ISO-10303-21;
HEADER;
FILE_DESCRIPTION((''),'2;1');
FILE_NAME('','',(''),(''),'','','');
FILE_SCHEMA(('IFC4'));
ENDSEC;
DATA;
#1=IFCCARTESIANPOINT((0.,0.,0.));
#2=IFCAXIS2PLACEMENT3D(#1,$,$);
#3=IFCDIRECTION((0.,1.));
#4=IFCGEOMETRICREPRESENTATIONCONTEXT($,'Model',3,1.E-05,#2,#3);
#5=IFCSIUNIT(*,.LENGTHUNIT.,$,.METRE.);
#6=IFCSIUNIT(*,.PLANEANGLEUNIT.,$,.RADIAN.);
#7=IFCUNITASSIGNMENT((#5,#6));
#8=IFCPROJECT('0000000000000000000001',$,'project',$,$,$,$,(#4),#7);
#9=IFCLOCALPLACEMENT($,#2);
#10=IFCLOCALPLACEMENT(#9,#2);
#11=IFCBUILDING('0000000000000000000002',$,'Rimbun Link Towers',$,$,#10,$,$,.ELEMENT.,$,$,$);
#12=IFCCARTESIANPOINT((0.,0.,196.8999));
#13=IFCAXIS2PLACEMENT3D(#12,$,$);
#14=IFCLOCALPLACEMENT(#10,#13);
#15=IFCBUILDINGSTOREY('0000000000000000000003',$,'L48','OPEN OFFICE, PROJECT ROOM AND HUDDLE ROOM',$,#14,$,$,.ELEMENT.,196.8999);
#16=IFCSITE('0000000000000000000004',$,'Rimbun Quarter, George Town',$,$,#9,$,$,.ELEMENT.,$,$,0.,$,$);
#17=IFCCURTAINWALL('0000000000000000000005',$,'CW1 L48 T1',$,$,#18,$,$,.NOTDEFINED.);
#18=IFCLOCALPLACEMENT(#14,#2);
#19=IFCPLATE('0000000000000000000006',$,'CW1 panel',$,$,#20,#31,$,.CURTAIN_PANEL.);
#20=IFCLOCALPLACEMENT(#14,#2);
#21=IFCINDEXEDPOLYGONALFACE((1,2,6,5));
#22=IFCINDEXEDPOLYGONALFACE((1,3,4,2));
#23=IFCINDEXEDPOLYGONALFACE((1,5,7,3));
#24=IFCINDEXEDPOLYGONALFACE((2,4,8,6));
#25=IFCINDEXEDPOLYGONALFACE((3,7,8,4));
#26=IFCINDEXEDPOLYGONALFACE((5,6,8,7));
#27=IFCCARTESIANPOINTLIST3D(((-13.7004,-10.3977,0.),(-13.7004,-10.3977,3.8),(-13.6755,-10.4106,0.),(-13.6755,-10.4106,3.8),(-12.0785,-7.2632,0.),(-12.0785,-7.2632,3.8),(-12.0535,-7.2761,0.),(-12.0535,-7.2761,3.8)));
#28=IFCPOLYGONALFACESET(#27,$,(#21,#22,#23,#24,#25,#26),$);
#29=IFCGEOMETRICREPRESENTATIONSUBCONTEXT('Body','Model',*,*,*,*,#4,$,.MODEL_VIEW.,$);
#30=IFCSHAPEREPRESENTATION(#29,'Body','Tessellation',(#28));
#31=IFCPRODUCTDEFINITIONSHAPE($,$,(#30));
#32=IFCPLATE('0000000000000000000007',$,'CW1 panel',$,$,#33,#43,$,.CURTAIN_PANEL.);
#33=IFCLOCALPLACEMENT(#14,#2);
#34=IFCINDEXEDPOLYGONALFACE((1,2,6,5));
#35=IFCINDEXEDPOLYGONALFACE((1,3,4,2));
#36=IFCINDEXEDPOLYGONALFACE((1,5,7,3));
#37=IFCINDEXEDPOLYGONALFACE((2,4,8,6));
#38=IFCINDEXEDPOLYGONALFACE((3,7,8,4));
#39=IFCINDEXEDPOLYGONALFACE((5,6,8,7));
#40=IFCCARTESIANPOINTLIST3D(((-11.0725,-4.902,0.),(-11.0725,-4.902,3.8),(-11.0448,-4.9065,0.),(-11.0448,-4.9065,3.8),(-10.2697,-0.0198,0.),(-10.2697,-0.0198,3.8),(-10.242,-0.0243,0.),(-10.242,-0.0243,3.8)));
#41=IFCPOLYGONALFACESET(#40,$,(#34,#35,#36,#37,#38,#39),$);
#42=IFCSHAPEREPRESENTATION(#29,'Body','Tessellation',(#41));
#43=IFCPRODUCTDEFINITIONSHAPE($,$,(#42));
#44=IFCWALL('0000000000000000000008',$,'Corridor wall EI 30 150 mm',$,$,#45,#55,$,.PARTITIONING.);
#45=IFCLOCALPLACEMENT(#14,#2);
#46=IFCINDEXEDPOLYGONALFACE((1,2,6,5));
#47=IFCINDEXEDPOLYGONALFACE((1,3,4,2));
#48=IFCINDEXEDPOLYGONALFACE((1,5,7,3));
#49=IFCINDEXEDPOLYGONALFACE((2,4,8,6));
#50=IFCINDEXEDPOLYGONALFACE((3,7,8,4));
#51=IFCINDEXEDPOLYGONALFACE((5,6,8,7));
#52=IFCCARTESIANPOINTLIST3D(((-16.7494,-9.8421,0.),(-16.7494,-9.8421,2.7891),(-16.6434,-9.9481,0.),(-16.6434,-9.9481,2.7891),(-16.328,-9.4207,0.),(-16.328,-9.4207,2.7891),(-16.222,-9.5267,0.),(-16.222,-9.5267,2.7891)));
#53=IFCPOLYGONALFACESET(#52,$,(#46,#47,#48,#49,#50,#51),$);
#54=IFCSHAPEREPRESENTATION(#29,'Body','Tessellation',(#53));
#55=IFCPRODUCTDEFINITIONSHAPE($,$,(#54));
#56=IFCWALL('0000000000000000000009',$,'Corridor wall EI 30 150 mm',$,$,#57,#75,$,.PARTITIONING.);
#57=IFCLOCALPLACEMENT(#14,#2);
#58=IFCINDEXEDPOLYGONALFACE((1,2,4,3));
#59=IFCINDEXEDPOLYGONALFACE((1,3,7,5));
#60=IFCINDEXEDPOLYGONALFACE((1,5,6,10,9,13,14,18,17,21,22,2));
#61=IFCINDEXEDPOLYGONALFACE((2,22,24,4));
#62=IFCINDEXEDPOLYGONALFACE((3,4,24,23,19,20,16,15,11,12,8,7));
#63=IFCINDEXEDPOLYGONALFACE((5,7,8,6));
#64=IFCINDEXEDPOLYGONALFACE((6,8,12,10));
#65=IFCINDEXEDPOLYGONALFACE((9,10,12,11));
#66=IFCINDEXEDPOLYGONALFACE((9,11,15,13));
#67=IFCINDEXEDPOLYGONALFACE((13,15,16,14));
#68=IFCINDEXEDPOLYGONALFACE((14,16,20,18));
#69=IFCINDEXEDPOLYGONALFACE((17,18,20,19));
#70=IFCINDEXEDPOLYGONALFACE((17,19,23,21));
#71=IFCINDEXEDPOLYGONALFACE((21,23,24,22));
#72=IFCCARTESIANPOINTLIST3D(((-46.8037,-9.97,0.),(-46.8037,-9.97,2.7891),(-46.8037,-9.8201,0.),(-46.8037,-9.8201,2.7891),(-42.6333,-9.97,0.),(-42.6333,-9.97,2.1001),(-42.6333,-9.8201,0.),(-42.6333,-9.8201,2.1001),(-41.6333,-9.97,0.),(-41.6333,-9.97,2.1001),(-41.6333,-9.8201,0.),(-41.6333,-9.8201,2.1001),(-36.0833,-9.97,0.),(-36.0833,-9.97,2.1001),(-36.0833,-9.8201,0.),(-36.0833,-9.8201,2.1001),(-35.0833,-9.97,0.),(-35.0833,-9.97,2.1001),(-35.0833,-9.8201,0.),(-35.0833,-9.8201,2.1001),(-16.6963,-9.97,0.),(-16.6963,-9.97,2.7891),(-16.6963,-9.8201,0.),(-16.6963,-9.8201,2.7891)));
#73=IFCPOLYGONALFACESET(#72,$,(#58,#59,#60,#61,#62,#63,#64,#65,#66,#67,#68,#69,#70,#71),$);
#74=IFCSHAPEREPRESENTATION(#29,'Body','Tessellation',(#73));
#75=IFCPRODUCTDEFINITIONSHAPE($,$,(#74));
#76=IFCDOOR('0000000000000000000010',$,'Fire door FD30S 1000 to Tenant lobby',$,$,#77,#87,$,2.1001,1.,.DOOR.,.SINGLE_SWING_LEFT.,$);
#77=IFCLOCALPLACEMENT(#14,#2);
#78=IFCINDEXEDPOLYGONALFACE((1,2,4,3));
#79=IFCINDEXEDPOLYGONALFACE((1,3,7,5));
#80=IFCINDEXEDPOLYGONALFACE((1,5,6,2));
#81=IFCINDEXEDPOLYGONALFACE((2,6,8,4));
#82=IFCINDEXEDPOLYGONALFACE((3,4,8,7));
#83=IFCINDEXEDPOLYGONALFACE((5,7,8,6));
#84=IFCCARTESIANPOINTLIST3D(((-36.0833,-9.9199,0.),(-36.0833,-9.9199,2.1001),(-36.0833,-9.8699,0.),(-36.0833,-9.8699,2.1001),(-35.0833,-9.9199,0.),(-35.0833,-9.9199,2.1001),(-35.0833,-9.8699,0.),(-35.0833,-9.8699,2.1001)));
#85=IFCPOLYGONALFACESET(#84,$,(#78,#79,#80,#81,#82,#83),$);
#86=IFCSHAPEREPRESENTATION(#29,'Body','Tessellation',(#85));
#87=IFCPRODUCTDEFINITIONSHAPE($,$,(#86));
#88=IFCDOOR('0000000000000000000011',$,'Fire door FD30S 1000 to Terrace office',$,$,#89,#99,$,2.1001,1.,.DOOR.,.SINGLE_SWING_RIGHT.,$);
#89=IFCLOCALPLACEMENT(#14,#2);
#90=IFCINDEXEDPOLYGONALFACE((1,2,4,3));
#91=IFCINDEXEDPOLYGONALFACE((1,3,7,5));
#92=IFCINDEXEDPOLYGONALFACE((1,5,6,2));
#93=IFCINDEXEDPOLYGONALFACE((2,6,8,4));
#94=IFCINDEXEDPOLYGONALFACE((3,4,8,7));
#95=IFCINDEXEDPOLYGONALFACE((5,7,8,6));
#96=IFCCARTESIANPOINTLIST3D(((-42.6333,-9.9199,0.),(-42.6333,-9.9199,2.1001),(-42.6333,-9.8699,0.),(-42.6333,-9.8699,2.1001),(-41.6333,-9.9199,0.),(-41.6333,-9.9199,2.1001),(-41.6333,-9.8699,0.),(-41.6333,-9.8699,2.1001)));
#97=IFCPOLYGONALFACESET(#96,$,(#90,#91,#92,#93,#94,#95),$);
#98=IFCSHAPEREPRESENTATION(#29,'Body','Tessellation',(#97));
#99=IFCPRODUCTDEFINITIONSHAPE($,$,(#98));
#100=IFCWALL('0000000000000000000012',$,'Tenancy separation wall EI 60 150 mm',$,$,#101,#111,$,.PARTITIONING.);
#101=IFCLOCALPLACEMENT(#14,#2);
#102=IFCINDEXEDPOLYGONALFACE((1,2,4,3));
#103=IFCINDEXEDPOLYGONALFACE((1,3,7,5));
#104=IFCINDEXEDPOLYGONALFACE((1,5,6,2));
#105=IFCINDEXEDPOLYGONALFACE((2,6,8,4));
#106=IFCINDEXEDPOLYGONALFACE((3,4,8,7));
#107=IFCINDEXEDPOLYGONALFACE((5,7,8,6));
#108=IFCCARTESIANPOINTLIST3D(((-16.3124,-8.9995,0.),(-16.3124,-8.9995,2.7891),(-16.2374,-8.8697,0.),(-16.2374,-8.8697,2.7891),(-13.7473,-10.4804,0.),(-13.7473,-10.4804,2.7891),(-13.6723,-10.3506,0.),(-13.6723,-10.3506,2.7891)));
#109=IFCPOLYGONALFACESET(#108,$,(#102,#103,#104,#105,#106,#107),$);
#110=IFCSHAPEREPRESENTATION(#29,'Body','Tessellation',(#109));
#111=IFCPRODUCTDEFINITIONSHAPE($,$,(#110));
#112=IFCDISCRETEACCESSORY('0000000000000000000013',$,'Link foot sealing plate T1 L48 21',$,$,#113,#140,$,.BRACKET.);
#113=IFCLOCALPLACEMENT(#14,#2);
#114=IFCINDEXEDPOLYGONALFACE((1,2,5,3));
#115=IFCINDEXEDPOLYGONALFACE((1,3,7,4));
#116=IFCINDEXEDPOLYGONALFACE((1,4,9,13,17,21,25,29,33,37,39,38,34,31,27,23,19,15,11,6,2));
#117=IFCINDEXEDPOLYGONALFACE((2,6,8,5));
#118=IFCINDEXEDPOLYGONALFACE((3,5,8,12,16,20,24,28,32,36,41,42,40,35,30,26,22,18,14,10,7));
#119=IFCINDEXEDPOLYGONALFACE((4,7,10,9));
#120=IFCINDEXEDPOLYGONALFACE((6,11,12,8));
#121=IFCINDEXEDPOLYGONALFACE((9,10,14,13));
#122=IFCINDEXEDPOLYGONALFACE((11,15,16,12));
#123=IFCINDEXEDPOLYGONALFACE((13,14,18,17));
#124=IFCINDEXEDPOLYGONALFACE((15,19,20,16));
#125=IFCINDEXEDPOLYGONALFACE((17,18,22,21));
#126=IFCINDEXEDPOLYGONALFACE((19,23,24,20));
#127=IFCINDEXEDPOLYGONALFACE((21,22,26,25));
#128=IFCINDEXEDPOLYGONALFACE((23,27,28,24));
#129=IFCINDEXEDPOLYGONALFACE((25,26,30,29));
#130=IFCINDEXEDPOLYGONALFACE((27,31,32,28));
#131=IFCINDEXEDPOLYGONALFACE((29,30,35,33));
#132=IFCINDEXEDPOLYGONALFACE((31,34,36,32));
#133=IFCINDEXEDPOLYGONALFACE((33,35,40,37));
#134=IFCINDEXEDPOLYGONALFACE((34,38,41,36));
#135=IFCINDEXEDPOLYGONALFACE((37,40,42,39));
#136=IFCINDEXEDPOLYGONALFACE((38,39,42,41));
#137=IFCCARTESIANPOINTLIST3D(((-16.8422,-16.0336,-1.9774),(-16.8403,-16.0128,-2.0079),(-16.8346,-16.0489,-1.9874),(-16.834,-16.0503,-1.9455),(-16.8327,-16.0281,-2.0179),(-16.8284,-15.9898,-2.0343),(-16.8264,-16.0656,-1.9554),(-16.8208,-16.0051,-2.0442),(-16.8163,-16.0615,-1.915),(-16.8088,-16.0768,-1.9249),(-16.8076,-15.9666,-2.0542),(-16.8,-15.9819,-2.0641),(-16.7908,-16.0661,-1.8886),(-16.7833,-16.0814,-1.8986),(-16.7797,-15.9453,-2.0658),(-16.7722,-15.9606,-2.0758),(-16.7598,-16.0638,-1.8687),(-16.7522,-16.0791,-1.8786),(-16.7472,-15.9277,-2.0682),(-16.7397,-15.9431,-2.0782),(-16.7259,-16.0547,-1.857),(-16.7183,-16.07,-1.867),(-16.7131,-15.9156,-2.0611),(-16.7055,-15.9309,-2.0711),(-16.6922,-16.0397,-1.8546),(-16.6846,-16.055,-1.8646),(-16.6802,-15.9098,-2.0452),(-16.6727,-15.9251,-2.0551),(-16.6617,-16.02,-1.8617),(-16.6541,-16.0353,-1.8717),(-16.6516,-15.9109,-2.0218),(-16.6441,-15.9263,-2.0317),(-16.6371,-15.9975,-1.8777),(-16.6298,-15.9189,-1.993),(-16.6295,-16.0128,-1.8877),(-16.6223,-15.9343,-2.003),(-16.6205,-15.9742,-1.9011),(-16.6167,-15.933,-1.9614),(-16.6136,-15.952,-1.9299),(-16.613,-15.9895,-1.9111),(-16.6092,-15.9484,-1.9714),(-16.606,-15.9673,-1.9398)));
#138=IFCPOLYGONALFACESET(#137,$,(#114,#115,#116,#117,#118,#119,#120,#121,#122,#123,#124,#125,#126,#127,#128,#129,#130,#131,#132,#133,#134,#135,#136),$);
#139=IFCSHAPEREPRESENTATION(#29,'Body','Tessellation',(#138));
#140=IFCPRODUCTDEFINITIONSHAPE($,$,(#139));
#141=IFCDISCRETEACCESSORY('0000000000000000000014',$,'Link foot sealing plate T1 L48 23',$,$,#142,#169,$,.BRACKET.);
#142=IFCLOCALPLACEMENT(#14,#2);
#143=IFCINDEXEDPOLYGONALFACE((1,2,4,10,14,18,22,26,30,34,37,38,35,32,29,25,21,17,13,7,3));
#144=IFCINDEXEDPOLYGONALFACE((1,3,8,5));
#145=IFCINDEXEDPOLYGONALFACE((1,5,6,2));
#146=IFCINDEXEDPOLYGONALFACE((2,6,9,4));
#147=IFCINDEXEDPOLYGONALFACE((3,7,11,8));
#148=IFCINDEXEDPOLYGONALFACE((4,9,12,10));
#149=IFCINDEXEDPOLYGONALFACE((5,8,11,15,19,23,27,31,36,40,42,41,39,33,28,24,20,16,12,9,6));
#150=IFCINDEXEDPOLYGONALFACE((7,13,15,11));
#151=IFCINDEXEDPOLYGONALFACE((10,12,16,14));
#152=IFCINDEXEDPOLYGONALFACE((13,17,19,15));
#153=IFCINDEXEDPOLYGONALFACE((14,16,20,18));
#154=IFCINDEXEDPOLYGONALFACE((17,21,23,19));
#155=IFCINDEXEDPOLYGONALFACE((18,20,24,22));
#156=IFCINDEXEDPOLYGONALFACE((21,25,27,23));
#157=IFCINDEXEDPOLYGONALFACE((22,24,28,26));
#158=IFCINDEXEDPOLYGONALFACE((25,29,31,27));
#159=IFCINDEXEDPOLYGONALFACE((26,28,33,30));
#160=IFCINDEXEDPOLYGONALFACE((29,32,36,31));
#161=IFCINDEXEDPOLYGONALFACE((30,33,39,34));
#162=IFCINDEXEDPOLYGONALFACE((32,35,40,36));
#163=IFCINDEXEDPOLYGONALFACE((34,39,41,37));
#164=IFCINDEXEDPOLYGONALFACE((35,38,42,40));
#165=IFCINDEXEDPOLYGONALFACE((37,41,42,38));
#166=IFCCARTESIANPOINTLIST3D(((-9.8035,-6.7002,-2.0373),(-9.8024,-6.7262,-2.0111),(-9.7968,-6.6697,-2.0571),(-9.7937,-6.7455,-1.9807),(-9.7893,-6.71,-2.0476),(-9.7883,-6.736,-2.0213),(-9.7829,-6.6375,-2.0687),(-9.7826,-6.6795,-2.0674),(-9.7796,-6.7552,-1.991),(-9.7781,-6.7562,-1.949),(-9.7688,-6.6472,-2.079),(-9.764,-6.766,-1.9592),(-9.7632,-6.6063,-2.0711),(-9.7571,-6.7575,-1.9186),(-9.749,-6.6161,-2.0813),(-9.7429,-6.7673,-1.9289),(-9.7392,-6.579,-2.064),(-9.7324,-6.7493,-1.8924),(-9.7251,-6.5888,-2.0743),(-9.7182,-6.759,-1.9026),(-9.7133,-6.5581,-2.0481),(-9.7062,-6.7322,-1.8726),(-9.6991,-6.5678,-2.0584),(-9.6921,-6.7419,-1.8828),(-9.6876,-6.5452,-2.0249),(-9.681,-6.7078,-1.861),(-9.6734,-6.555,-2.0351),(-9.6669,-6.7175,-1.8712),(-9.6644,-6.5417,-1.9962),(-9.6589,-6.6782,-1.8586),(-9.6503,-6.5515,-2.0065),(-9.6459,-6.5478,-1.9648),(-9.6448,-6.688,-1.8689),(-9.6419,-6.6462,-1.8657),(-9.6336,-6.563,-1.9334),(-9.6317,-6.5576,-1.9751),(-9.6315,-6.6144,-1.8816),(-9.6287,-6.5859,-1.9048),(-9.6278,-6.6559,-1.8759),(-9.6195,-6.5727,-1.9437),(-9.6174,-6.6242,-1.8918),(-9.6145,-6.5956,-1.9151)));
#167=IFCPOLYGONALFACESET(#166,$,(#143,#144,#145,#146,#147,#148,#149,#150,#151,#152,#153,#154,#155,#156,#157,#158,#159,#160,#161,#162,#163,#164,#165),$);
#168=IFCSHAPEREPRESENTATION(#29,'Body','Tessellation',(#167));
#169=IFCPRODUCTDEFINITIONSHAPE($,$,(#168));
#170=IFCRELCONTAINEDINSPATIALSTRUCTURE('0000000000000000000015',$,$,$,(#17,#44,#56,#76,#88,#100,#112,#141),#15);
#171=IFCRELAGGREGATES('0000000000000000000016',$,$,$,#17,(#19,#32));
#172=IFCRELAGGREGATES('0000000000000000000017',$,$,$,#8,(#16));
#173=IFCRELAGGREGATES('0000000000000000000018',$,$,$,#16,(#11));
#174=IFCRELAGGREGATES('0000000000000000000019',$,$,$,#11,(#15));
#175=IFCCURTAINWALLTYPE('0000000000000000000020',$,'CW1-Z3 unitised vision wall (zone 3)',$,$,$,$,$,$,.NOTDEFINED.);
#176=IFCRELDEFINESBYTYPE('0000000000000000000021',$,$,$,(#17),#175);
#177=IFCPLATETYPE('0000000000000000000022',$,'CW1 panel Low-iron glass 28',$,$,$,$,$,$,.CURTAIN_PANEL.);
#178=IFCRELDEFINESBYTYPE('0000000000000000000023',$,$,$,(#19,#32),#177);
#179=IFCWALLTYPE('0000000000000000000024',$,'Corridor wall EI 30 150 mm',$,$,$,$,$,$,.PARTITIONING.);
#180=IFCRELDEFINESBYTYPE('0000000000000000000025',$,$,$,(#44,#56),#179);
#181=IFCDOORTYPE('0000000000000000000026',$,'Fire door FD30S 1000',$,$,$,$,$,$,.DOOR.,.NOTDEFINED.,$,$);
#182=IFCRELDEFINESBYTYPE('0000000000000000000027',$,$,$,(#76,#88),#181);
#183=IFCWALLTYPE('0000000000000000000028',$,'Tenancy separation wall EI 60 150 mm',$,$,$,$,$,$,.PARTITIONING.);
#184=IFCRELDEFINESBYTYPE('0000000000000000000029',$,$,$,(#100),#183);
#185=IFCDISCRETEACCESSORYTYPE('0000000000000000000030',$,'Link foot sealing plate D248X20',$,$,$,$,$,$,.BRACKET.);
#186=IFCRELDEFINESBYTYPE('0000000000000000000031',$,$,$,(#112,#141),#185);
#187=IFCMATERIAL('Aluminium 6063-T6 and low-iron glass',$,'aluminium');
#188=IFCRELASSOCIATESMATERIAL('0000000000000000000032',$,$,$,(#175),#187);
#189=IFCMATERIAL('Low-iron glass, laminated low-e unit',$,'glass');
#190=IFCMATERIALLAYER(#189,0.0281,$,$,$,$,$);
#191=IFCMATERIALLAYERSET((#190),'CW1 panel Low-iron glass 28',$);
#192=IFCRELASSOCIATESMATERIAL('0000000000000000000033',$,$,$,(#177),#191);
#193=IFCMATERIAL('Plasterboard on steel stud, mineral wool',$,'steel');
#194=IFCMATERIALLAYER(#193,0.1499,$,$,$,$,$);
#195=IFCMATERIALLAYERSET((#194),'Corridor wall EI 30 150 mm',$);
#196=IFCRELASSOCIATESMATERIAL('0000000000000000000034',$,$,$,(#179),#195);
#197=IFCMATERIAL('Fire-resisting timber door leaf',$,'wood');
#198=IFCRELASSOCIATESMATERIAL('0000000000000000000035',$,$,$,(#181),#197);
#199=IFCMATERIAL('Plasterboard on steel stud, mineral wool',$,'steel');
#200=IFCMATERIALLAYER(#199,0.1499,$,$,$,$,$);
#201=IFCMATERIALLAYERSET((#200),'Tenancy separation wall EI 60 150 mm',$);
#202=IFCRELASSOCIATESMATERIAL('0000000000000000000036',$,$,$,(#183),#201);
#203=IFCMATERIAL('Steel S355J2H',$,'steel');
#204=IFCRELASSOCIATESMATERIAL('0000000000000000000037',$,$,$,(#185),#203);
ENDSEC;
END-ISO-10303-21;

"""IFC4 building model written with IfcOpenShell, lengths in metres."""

from ifc_helpers import new_model, si_unit, direction, frame, frame_2d, origin, origin_2d, place, context, subcontext, project, spatial, rectangle, circle, extrude, material, layer, layer_set, material_profile, profile_set, type_object, element, fill, aggregate, save


model = new_model("IFC4")

# Units and contexts
model_context = context("Model", 3, precision=1e-05, world=origin(), true_north=direction((0.0, 1.0)))
body_context = subcontext(model_context, "Body", "Model", "MODEL_VIEW")
ifc_project = project(units=[si_unit("LENGTHUNIT", "METRE"), si_unit("PLANEANGLEUNIT", "RADIAN")], contexts=[model_context])

# Site, building, storey
site_placement = place(None, origin())
site = spatial("IfcSite", under=ifc_project, at=site_placement, Name="Rimbun Quarter, George Town", CompositionType="ELEMENT", RefElevation=0.0)
building_placement = place(site_placement, origin())
building = spatial("IfcBuilding", under=site, at=building_placement, Name="Rimbun Link Towers", CompositionType="ELEMENT")
storey_placement = place(building_placement, frame((0.0, 0.0, 196.8999)))
storey = spatial("IfcBuildingStorey", under=building, at=storey_placement, Name="L48", Description="OPEN OFFICE, PROJECT ROOM AND HUDDLE ROOM", CompositionType="ELEMENT", Elevation=196.8999)

# Curtain wall
ifc_material_1 = material(Name="Aluminium 6063-T6 and low-iron glass", Category="aluminium")
curtain_wall_type = type_object("IfcCurtainWallType", Name="CW1-Z3 unitised vision wall (zone 3)", PredefinedType="NOTDEFINED", material=ifc_material_1)
curtain_wall_placement = place(storey_placement, origin())
curtain_wall = element("IfcCurtainWall", 1, at=curtain_wall_placement, inside=storey, type_object=curtain_wall_type, Name="CW1 L48 T1", PredefinedType="NOTDEFINED")

# Plates
ifc_material_2 = material(Name="Low-iron glass, laminated low-e unit", Category="glass")
ifc_layer_1 = layer(ifc_material_2, 0.0281)
ifc_layer_set_1 = layer_set([ifc_layer_1], Name="CW1 panel Low-iron glass 28")
plate_type = type_object("IfcPlateType", Name="CW1 panel Low-iron glass 28", PredefinedType="CURTAIN_PANEL", material=ifc_layer_set_1)
plate_1_placement = place(storey_placement, frame((-12.877, -8.8369, 0.0), z_axis=(0.0, 0.0, 1.0), x_axis=(-0.459563, -0.888145, 0.0)))
plate_1 = element("IfcPlate", 2, at=plate_1_placement, type_object=plate_type, Name="CW1 panel", PredefinedType="CURTAIN_PANEL", context=body_context, shape_type="SweptSolid", body=[
    extrude(rectangle(XDim=3.5293, YDim=0.0281, at=origin_2d()), origin(), (0.0, 0.0, 1.0), 3.8),
])
plate_2_placement = place(storey_placement, frame((-10.6572, -2.4631, 0.0), z_axis=(0.0, 0.0, 1.0), x_axis=(-0.162251, -0.98675, 0.0)))
plate_2 = element("IfcPlate", 3, at=plate_2_placement, type_object=plate_type, Name="CW1 panel", PredefinedType="CURTAIN_PANEL", context=body_context, shape_type="SweptSolid", body=[
    extrude(rectangle(XDim=4.9478, YDim=0.0281, at=origin_2d()), origin(), (0.0, 0.0, 1.0), 3.8),
])
aggregate(curtain_wall, [plate_1, plate_2])

# Wall
ifc_material_3 = material(Name="Plasterboard on steel stud, mineral wool", Category="steel")
ifc_layer_2 = layer(ifc_material_3, 0.1499)
ifc_layer_set_2 = layer_set([ifc_layer_2], Name="Corridor wall EI 30 150 mm")
wall_type_1 = type_object("IfcWallType", Name="Corridor wall EI 30 150 mm", PredefinedType="PARTITIONING", material=ifc_layer_set_2)
wall_1_placement = place(storey_placement, frame((-16.6963, -9.895, 0.0), z_axis=(0.0, 0.0, 1.0), x_axis=(0.707107, 0.707107, 0.0)))
element("IfcWall", 4, at=wall_1_placement, inside=storey, type_object=wall_type_1, Name="Corridor wall EI 30 150 mm", PredefinedType="PARTITIONING", context=body_context, shape_type="SweptSolid", body=[
    extrude(rectangle(XDim=0.5959, YDim=0.1499, at=frame_2d((0.2979, 0.0))), origin(), (0.0, 0.0, 1.0), 2.7891),
])

# Wall, openings, doors
wall_2_placement = place(storey_placement, frame((-16.6963, -9.895, 0.0), z_axis=(0.0, 0.0, 1.0), x_axis=(-1.0, 0.0, 0.0)))
wall_2 = element("IfcWall", 5, at=wall_2_placement, inside=storey, type_object=wall_type_1, Name="Corridor wall EI 30 150 mm", PredefinedType="PARTITIONING", context=body_context, shape_type="SweptSolid", body=[
    extrude(rectangle(XDim=30.1074, YDim=0.1499, at=frame_2d((15.0537, 0.0))), origin(), (0.0, 0.0, 1.0), 2.7891),
])
opening_1_placement = place(wall_2_placement, frame((18.387, 0.0, 0.0)))
opening_1 = element("IfcOpeningElement", 6, at=opening_1_placement, cuts=wall_2, PredefinedType="OPENING", context=body_context, shape_type="SweptSolid", body=[
    extrude(rectangle(XDim=1.0, YDim=2.1001, at=frame_2d((0.5, 1.05))), frame((0.0, 0.085, 0.0), z_axis=(0.0, -1.0, 0.0), x_axis=(1.0, 0.0, 0.0)), (0.0, 0.0, 1.0), 0.1699),
])
opening_2_placement = place(wall_2_placement, frame((24.937, 0.0, 0.0)))
opening_2 = element("IfcOpeningElement", 7, at=opening_2_placement, cuts=wall_2, PredefinedType="OPENING", context=body_context, shape_type="SweptSolid", body=[
    extrude(rectangle(XDim=1.0, YDim=2.1001, at=frame_2d((0.5, 1.05))), frame((0.0, 0.085, 0.0), z_axis=(0.0, -1.0, 0.0), x_axis=(1.0, 0.0, 0.0)), (0.0, 0.0, 1.0), 0.1699),
])
ifc_material_4 = material(Name="Fire-resisting timber door leaf", Category="wood")
door_type = type_object("IfcDoorType", Name="Fire door FD30S 1000", OperationType="NOTDEFINED", PredefinedType="DOOR", material=ifc_material_4)
door_1_placement = place(opening_1_placement, origin())
door_1 = element("IfcDoor", 8, at=door_1_placement, inside=storey, type_object=door_type, Name="Fire door FD30S 1000 to Tenant lobby", OperationType="SINGLE_SWING_LEFT", OverallHeight=2.1001, OverallWidth=1.0, PredefinedType="DOOR", context=body_context, shape_type="SweptSolid", body=[
    extrude(rectangle(XDim=1.0, YDim=2.1001, at=frame_2d((0.5, 1.05))), frame((0.0, 0.0249, 0.0), z_axis=(0.0, -1.0, 0.0), x_axis=(1.0, 0.0, 0.0)), (0.0, 0.0, 1.0), 0.05),
])
fill(opening_1, door_1)
door_2_placement = place(opening_2_placement, origin())
door_2 = element("IfcDoor", 9, at=door_2_placement, inside=storey, type_object=door_type, Name="Fire door FD30S 1000 to Terrace office", OperationType="SINGLE_SWING_RIGHT", OverallHeight=2.1001, OverallWidth=1.0, PredefinedType="DOOR", context=body_context, shape_type="SweptSolid", body=[
    extrude(rectangle(XDim=1.0, YDim=2.1001, at=frame_2d((0.5, 1.05))), frame((0.0, 0.0249, 0.0), z_axis=(0.0, -1.0, 0.0), x_axis=(1.0, 0.0, 0.0)), (0.0, 0.0, 1.0), 0.05),
])
fill(opening_2, door_2)

# Wall
ifc_material_5 = material(Name="Plasterboard on steel stud, mineral wool", Category="steel")
ifc_layer_3 = layer(ifc_material_5, 0.1499)
ifc_layer_set_3 = layer_set([ifc_layer_3], Name="Tenancy separation wall EI 60 150 mm")
wall_type_2 = type_object("IfcWallType", Name="Tenancy separation wall EI 60 150 mm", PredefinedType="PARTITIONING", material=ifc_layer_set_3)
wall_3_placement = place(storey_placement, frame((-16.2749, -8.9346, 0.0), z_axis=(0.0, 0.0, 1.0), x_axis=(0.866033, -0.499986, 0.0)))
element("IfcWall", 10, at=wall_3_placement, inside=storey, type_object=wall_type_2, Name="Tenancy separation wall EI 60 150 mm", PredefinedType="PARTITIONING", context=body_context, shape_type="SweptSolid", body=[
    extrude(rectangle(XDim=2.9619, YDim=0.1499, at=frame_2d((1.481, 0.0))), origin(), (0.0, 0.0, 1.0), 2.7891),
])

# Discrete accessories
ifc_material_6 = material(Name="Steel S355J2H", Category="steel")
ifc_material_profile_1 = material_profile(ifc_material_6, circle(Radius=0.124, at=origin_2d()), Name="PL D248")
ifc_profile_set_1 = profile_set([ifc_material_profile_1], Name="Steel S355J2H")
discrete_accessory_type_1 = type_object("IfcDiscreteAccessoryType", Name="Link foot sealing plate D248X20", PredefinedType="BRACKET", material=ifc_profile_set_1)
discrete_accessory_1_placement = place(storey_placement, frame((-16.728, -15.9878, -1.9614), z_axis=(0.381266, -0.774831, -0.504255), x_axis=(0.897257, 0.441508, 0.0)))
element("IfcDiscreteAccessory", 11, at=discrete_accessory_1_placement, inside=storey, type_object=discrete_accessory_type_1, Name="Link foot sealing plate T1 L48 21", PredefinedType="BRACKET", context=body_context, shape_type="SweptSolid", body=[
    extrude(circle(Radius=0.124, at=origin_2d()), origin(), (0.0, 0.0, 1.0), 0.0198),
])
discrete_accessory_2_placement = place(storey_placement, frame((-9.7163, -6.6499, -1.9648), z_axis=(0.707107, -0.48766, -0.512043), x_axis=(0.567733, 0.823213, 0.0)))
element("IfcDiscreteAccessory", 12, at=discrete_accessory_2_placement, inside=storey, type_object=discrete_accessory_type_1, Name="Link foot sealing plate T1 L48 23", PredefinedType="BRACKET", context=body_context, shape_type="SweptSolid", body=[
    extrude(circle(Radius=0.124, at=origin_2d()), origin(), (0.0, 0.0, 1.0), 0.02),
])

save(model, "model.ifc")
